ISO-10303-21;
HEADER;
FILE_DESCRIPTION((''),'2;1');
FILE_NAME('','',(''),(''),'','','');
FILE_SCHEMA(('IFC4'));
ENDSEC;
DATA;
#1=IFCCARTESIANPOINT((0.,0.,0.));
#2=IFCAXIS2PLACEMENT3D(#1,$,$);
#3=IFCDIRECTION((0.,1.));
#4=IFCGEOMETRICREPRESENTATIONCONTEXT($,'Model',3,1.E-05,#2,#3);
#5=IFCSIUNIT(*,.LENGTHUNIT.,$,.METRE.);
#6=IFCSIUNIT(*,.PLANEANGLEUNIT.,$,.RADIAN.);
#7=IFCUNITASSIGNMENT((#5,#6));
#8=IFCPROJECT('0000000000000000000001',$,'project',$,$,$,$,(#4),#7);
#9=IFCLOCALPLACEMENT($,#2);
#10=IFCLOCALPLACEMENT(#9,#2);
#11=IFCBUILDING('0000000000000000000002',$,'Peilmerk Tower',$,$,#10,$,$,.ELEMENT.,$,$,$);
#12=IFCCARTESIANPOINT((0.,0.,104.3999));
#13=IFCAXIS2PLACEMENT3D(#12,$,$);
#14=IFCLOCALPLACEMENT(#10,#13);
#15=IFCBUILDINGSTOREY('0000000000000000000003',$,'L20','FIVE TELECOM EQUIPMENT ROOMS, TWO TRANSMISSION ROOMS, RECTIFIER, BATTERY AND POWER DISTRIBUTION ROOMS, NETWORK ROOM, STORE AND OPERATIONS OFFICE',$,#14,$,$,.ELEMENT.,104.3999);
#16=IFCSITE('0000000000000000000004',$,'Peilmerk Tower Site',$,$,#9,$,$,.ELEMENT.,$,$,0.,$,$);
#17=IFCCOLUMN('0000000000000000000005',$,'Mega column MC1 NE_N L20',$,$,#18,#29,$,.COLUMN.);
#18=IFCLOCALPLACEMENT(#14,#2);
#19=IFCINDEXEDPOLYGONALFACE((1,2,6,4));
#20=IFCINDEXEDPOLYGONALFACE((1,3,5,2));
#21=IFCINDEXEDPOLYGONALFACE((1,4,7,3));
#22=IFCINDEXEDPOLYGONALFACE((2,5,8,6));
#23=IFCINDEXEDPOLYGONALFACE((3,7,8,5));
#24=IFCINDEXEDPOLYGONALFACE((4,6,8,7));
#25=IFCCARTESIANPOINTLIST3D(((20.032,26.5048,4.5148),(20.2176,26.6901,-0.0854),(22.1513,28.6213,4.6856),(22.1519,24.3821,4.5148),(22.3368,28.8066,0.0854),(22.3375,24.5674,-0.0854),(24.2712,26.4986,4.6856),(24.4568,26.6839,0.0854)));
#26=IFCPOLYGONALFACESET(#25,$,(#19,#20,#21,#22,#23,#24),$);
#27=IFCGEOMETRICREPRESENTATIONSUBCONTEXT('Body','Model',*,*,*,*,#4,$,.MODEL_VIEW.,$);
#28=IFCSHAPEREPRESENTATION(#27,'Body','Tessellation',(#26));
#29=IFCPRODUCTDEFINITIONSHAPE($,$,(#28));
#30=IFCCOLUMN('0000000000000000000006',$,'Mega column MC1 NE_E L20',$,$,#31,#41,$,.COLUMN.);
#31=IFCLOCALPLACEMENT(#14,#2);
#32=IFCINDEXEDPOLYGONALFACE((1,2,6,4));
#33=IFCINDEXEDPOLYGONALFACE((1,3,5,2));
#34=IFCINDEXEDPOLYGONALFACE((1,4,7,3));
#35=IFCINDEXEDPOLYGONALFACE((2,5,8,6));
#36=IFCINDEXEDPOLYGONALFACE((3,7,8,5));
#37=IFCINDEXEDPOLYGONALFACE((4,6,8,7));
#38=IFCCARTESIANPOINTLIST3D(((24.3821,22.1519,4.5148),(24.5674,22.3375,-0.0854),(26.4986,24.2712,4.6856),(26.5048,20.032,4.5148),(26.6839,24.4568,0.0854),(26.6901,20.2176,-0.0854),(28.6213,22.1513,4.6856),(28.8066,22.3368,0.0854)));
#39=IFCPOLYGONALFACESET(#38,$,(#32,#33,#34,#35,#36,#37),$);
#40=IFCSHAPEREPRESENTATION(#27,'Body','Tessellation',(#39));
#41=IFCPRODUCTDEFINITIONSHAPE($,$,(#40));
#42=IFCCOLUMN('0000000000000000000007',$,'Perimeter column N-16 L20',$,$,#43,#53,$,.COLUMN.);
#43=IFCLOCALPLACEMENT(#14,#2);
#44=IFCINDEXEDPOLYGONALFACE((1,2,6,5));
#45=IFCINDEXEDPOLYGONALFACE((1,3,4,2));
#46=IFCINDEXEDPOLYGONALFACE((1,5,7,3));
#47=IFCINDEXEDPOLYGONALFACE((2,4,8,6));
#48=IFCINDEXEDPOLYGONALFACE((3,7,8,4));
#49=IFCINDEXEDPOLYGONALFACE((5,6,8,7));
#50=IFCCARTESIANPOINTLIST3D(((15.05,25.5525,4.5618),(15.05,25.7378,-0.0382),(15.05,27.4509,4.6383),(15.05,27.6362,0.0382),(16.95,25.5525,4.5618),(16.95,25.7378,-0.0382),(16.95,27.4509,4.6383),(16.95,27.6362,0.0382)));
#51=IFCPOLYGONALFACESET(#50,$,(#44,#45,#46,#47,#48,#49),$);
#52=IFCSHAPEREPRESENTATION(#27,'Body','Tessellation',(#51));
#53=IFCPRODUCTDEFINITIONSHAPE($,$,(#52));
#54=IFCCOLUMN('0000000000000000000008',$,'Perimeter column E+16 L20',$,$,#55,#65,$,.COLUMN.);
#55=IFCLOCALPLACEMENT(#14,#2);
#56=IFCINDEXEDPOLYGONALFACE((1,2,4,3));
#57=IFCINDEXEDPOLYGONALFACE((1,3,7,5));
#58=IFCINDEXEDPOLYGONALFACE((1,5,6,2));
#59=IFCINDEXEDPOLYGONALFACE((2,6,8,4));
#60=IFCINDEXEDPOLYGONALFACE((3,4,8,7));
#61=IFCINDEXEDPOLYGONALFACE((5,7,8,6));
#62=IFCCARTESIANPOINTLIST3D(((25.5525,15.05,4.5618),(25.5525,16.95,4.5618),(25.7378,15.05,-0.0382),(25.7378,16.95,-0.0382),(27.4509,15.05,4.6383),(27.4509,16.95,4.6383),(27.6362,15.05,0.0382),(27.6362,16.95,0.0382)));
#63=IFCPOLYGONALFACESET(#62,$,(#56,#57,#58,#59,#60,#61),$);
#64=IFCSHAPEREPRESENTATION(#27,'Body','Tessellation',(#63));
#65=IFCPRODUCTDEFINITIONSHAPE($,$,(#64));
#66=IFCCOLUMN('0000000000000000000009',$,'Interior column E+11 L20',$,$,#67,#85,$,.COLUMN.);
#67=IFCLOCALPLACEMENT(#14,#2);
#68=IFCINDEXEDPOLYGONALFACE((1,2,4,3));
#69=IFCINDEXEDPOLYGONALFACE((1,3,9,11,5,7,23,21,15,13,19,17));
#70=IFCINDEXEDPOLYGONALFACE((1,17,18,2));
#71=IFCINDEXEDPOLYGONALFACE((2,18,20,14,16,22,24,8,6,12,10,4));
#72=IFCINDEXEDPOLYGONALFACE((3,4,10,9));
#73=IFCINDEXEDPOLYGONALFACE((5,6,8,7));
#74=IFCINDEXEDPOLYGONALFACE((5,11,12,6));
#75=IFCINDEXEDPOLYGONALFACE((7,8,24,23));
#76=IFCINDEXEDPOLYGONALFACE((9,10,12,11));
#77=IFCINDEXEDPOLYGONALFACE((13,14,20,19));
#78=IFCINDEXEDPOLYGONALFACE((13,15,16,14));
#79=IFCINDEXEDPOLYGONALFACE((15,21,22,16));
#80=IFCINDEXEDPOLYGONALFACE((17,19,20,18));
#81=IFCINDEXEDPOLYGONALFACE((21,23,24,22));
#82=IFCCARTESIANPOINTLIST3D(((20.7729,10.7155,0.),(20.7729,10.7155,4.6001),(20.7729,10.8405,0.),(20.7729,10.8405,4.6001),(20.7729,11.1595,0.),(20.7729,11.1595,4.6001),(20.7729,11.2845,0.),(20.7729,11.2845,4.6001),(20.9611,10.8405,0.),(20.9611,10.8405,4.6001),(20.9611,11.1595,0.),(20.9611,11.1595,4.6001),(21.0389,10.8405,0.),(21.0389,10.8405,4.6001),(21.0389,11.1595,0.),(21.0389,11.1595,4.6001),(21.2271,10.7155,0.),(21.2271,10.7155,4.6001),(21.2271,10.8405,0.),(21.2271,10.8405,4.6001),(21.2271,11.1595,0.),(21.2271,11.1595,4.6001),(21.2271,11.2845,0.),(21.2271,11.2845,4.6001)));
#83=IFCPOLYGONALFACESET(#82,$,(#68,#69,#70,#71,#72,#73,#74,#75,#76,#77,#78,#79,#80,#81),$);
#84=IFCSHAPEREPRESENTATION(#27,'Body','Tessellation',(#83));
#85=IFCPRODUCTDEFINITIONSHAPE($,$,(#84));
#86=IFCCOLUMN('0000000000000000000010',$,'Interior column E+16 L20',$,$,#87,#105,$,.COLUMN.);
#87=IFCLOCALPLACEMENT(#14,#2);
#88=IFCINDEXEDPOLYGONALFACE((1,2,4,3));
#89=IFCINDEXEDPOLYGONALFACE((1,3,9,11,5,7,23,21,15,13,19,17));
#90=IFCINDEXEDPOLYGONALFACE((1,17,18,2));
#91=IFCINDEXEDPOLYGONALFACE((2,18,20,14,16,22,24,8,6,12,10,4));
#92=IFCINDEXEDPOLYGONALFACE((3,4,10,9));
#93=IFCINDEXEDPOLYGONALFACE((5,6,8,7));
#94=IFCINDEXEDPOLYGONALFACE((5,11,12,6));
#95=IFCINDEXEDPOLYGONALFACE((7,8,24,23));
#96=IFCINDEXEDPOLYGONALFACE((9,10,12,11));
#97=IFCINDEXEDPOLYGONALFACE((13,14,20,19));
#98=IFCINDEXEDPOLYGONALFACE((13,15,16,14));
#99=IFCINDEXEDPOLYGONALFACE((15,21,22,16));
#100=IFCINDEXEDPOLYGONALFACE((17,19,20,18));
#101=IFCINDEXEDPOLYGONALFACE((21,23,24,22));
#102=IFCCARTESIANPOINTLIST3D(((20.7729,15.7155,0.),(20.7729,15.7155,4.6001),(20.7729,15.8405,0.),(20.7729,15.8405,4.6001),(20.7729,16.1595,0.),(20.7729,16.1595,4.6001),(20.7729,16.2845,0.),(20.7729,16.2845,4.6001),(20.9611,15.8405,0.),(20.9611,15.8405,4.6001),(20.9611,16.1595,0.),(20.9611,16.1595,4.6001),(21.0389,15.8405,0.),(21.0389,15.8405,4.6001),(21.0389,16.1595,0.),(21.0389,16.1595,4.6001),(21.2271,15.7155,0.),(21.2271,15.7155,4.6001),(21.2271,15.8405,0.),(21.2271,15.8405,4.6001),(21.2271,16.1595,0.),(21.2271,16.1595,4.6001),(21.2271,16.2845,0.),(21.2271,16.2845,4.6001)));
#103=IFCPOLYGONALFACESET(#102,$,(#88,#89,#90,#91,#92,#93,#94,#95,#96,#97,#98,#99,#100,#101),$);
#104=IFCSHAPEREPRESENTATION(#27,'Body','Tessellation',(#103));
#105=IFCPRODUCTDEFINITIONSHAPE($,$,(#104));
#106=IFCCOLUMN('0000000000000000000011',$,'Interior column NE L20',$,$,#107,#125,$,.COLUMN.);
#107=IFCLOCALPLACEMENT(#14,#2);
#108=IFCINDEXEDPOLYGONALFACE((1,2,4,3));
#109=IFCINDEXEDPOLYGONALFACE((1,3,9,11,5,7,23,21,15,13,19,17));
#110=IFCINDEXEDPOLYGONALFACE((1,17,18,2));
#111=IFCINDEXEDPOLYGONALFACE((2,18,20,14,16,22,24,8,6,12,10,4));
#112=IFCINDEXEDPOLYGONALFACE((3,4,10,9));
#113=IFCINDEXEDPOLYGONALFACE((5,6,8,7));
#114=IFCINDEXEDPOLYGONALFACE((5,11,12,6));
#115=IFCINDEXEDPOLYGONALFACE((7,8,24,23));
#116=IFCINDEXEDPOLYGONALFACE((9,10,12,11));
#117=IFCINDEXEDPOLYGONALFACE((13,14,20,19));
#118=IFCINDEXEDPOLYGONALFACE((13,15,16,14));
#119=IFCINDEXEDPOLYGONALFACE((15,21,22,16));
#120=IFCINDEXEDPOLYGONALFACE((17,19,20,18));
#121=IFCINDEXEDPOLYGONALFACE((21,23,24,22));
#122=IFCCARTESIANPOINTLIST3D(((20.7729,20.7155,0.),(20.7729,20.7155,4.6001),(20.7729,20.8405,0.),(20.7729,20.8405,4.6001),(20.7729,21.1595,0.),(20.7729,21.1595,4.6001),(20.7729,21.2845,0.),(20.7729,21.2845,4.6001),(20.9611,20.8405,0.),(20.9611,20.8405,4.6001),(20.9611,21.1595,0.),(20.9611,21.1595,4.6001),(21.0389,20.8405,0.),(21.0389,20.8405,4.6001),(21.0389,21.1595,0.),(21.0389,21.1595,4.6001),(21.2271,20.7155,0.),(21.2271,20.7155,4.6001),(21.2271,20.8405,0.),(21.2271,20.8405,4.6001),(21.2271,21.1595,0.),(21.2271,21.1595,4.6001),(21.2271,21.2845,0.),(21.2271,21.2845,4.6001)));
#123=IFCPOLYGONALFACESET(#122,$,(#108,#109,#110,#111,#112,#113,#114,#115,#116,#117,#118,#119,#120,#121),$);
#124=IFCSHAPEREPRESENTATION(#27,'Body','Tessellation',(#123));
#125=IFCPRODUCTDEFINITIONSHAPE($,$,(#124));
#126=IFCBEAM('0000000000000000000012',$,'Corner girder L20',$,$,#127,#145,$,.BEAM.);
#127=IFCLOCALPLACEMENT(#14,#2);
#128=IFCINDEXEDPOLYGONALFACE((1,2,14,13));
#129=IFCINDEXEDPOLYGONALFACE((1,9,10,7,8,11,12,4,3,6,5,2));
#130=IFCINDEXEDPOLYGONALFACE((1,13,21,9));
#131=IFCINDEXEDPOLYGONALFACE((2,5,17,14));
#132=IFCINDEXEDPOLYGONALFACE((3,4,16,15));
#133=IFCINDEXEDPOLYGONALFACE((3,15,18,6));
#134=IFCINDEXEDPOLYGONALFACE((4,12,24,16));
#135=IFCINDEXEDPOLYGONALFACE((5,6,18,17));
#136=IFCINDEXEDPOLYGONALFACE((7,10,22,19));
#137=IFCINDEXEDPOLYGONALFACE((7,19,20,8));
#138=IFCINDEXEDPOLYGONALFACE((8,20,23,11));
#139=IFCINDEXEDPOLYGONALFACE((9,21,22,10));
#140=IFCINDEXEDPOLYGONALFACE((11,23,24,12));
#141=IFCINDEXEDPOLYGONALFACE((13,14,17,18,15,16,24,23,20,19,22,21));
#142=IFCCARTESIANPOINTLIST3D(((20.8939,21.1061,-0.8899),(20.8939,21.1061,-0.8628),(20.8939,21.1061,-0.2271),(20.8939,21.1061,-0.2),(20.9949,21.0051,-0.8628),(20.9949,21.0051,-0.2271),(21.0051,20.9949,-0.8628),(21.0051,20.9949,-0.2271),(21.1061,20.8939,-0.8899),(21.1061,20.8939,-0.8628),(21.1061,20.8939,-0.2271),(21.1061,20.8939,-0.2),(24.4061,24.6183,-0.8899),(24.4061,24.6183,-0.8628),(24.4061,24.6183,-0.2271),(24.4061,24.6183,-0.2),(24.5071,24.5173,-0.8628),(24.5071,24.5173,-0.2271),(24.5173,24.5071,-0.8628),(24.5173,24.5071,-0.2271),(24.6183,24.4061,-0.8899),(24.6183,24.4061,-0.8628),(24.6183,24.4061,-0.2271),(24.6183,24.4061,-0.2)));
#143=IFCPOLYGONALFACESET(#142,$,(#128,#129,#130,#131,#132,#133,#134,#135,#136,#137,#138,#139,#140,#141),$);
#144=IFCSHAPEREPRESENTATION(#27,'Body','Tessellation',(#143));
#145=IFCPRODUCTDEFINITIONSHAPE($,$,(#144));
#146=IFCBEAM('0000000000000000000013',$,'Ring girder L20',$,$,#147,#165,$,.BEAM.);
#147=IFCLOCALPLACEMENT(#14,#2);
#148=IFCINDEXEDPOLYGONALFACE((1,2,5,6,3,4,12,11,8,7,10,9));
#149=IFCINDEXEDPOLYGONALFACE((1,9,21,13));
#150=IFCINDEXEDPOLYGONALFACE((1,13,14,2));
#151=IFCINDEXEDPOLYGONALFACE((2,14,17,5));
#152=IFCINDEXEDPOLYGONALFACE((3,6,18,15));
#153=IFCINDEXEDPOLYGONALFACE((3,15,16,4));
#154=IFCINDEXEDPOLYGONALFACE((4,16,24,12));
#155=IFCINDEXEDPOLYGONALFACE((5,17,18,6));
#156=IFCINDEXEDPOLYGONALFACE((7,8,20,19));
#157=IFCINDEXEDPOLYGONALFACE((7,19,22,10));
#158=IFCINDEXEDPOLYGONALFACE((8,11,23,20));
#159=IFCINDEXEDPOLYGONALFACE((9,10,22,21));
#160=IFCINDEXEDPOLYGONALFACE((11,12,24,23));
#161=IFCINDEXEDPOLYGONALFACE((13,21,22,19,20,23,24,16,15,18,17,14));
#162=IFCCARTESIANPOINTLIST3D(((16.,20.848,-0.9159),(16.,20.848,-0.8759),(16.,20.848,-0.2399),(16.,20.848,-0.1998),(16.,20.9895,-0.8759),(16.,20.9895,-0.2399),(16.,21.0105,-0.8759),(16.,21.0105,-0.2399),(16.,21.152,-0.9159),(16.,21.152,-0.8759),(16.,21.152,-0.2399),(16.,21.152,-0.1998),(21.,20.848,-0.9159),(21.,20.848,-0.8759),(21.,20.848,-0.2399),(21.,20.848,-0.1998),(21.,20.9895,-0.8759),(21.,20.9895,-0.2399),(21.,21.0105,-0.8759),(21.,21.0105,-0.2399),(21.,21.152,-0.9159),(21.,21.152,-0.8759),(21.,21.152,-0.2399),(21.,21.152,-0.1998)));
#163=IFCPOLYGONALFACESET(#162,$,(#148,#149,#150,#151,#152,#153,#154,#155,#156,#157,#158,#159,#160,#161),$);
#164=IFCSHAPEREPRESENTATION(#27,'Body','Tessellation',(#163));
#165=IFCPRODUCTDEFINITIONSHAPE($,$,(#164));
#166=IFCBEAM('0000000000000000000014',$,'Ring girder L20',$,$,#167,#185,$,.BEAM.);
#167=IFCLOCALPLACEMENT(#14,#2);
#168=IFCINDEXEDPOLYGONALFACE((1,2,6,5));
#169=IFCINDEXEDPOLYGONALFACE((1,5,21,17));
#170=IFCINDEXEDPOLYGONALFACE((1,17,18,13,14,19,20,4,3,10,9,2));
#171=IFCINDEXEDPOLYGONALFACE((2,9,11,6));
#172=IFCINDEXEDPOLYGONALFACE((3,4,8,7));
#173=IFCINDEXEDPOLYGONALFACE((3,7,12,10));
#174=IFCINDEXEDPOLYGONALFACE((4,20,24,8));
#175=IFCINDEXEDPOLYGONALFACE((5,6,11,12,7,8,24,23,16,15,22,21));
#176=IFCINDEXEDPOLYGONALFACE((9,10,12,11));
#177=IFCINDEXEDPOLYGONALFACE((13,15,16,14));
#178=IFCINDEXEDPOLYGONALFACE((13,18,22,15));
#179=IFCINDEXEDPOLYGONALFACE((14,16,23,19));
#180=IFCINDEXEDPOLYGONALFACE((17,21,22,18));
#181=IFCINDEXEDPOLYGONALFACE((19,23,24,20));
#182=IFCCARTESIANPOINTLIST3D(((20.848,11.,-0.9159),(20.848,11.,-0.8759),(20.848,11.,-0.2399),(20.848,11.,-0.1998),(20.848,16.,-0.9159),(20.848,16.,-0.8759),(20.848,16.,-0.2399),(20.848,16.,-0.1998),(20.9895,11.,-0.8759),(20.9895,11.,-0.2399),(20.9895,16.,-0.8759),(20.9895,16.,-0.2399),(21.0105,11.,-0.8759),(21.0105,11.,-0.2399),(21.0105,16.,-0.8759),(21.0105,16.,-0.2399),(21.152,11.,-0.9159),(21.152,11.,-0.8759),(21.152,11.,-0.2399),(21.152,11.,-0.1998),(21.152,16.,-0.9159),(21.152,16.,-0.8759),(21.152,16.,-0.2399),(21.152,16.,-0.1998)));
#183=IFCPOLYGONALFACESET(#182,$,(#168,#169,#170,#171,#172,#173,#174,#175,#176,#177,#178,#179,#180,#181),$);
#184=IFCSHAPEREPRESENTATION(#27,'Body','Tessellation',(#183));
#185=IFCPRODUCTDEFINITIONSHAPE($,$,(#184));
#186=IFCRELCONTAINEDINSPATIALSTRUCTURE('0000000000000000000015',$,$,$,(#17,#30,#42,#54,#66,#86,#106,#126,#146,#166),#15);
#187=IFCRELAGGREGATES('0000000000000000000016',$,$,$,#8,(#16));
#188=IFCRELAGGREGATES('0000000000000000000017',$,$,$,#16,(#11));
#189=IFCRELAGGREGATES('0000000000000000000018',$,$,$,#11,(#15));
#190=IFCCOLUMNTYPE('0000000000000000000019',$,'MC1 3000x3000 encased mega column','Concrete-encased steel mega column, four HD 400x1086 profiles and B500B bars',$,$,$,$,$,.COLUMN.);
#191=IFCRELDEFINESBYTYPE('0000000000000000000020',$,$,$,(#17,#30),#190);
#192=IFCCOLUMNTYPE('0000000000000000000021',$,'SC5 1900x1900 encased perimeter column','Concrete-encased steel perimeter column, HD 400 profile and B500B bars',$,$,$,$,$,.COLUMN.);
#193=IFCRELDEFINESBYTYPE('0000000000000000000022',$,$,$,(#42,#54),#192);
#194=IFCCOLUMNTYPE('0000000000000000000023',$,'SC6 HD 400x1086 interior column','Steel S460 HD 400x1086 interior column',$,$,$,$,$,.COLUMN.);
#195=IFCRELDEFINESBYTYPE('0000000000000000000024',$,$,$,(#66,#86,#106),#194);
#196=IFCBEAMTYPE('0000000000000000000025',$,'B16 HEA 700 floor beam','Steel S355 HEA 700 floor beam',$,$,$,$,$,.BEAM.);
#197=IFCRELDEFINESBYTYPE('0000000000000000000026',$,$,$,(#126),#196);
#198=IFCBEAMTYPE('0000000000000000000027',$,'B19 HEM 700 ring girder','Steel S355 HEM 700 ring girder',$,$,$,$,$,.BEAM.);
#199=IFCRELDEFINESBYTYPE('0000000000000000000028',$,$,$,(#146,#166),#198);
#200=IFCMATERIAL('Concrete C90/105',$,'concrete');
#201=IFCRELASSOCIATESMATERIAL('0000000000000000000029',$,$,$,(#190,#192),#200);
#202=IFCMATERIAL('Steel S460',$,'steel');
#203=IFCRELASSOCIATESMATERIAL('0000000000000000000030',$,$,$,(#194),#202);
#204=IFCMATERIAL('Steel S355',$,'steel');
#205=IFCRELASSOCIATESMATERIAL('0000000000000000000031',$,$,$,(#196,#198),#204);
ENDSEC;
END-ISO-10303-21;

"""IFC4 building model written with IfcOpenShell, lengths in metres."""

from ifc_helpers import new_model, si_unit, direction, frame, origin, origin_2d, place, context, subcontext, project, spatial, rectangle, i_section, extrude, material, material_profile, profile_set, type_object, element, save


model = new_model("IFC4")

# Units and contexts
model_context = context("Model", 3, precision=1e-05, world=origin(), true_north=direction((0.0, 1.0)))
body_context = subcontext(model_context, "Body", "Model", "MODEL_VIEW")
ifc_project = project(units=[si_unit("LENGTHUNIT", "METRE"), si_unit("PLANEANGLEUNIT", "RADIAN")], contexts=[model_context])

# Site, building, storey
site_placement = place(None, origin())
site = spatial("IfcSite", under=ifc_project, at=site_placement, Name="Peilmerk Tower Site", CompositionType="ELEMENT", RefElevation=0.0)
building_placement = place(site_placement, origin())
building = spatial("IfcBuilding", under=site, at=building_placement, Name="Peilmerk Tower", CompositionType="ELEMENT")
storey_placement = place(building_placement, frame((0.0, 0.0, 104.3999)))
storey = spatial("IfcBuildingStorey", under=building, at=storey_placement, Name="L20", Description="FIVE TELECOM EQUIPMENT ROOMS, TWO TRANSMISSION ROOMS, RECTIFIER, BATTERY AND POWER DISTRIBUTION ROOMS, NETWORK ROOM, STORE AND OPERATIONS OFFICE", CompositionType="ELEMENT", Elevation=104.3999)

# Columns
ifc_material_1 = material(Name="Concrete C90/105", Category="concrete")
ifc_material_profile_1 = material_profile(ifc_material_1, rectangle(XDim=3.0, YDim=3.0, at=origin_2d()), Name="RC 3000x3000")
ifc_profile_set_1 = profile_set([ifc_material_profile_1], Name="Concrete C90/105")
column_type_1 = type_object("IfcColumnType", Name="MC1 3000x3000 encased mega column", Description="Concrete-encased steel mega column, four HD 400x1086 profiles and B500B bars", PredefinedType="COLUMN", material=ifc_profile_set_1)
for number, where, z_axis, x_axis, name in (
    (1, (22.3372, 26.687, 0.0), (-0.04027, -0.040217, 0.998379), (0.706641, -0.707572, 0.0), "Mega column MC1 NE_N L20"),
    (2, (26.687, 22.3372, 0.0), (-0.040217, -0.04027, 0.998379), (0.707572, -0.706641, 0.0), "Mega column MC1 NE_E L20"),
):
    element("IfcColumn", number, at=place(storey_placement, frame(where, z_axis=z_axis, x_axis=x_axis)), inside=storey, type_object=column_type_1, Name=name, PredefinedType="COLUMN", context=body_context, shape_type="SweptSolid", body=[
        extrude(rectangle(XDim=3.0, YDim=3.0, at=origin_2d()), origin(), (0.0, 0.0, 1.0), 4.6077),
    ])
ifc_material_profile_2 = material_profile(ifc_material_1, rectangle(XDim=1.8999, YDim=1.8999, at=origin_2d()), Name="RC 1900x1900")
ifc_profile_set_2 = profile_set([ifc_material_profile_2], Name="Concrete C90/105")
column_type_2 = type_object("IfcColumnType", Name="SC5 1900x1900 encased perimeter column", Description="Concrete-encased steel perimeter column, HD 400 profile and B500B bars", PredefinedType="COLUMN", material=ifc_profile_set_2)
for number, where, z_axis, x_axis, name in (
    (3, (16.0, 26.687, 0.0), (0.0, -0.04025, 0.99919), (1.0, 0.0, 0.0), "Perimeter column N-16 L20"),
    (4, (26.687, 16.0, 0.0), (-0.04025, 0.0, 0.99919), (0.0, -1.0, 0.0), "Perimeter column E+16 L20"),
):
    element("IfcColumn", number, at=place(storey_placement, frame(where, z_axis=z_axis, x_axis=x_axis)), inside=storey, type_object=column_type_2, Name=name, PredefinedType="COLUMN", context=body_context, shape_type="SweptSolid", body=[
        extrude(rectangle(XDim=1.8999, YDim=1.8999, at=origin_2d()), origin(), (0.0, 0.0, 1.0), 4.6038),
    ])
ifc_material_2 = material(Name="Steel S460", Category="steel")
ifc_material_profile_3 = material_profile(ifc_material_2, i_section(OverallWidth=0.4541, OverallDepth=0.5691, WebThickness=0.0779, FlangeThickness=0.125, at=origin_2d()), Name="HD 400x1086")
ifc_profile_set_3 = profile_set([ifc_material_profile_3], Name="Steel S460")
column_type_3 = type_object("IfcColumnType", Name="SC6 HD 400x1086 interior column", Description="Steel S460 HD 400x1086 interior column", PredefinedType="COLUMN", material=ifc_profile_set_3)
for number, where, z_axis, x_axis, name in (
    (5, (21.0, 11.0, 0.0), (0.0, 0.0, 1.0), (1.0, 0.0, 0.0), "Interior column E+11 L20"),
    (6, (21.0, 16.0, 0.0), (0.0, 0.0, 1.0), (1.0, 0.0, 0.0), "Interior column E+16 L20"),
    (7, (21.0, 21.0, 0.0), (0.0, 0.0, 1.0), (1.0, 0.0, 0.0), "Interior column NE L20"),
):
    element("IfcColumn", number, at=place(storey_placement, frame(where, z_axis=z_axis, x_axis=x_axis)), inside=storey, type_object=column_type_3, Name=name, PredefinedType="COLUMN", context=body_context, shape_type="SweptSolid", body=[
        extrude(i_section(OverallWidth=0.4541, OverallDepth=0.5691, WebThickness=0.0779, FlangeThickness=0.125, at=origin_2d()), origin(), (0.0, 0.0, 1.0), 4.6001),
    ])

# Beams
ifc_material_3 = material(Name="Steel S355", Category="steel")
ifc_material_profile_4 = material_profile(ifc_material_3, i_section(OverallWidth=0.3, OverallDepth=0.6899, WebThickness=0.0144, FlangeThickness=0.0271, at=origin_2d()), Name="HEA 700")
ifc_profile_set_4 = profile_set([ifc_material_profile_4], Name="Steel S355")
beam_type_1 = type_object("IfcBeamType", Name="B16 HEA 700 floor beam", Description="Steel S355 HEA 700 floor beam", PredefinedType="BEAM", material=ifc_profile_set_4)
beam_1_placement = place(storey_placement, frame((21.0, 21.0, -0.5449), z_axis=(0.707107, 0.707107, 0.0), x_axis=(-0.707107, 0.707107, 0.0)))
element("IfcBeam", 8, at=beam_1_placement, inside=storey, type_object=beam_type_1, Name="Corner girder L20", PredefinedType="BEAM", context=body_context, shape_type="SweptSolid", body=[
    extrude(i_section(OverallWidth=0.3, OverallDepth=0.6899, WebThickness=0.0144, FlangeThickness=0.0271, at=origin_2d()), origin(), (0.0, 0.0, 1.0), 4.967),
])
ifc_material_profile_5 = material_profile(ifc_material_3, i_section(OverallWidth=0.304, OverallDepth=0.7161, WebThickness=0.021, FlangeThickness=0.04, at=origin_2d()), Name="HEM 700")
ifc_profile_set_5 = profile_set([ifc_material_profile_5], Name="Steel S355")
beam_type_2 = type_object("IfcBeamType", Name="B19 HEM 700 ring girder", Description="Steel S355 HEM 700 ring girder", PredefinedType="BEAM", material=ifc_profile_set_5)
for number, where, z_axis, x_axis, name in (
    (9, (21.0, 21.0, -0.5579), (-1.0, 0.0, 0.0), (0.0, -1.0, 0.0), "Ring girder L20"),
    (10, (21.0, 11.0, -0.5579), (0.0, 1.0, 0.0), (-1.0, 0.0, 0.0), "Ring girder L20"),
):
    element("IfcBeam", number, at=place(storey_placement, frame(where, z_axis=z_axis, x_axis=x_axis)), inside=storey, type_object=beam_type_2, Name=name, PredefinedType="BEAM", context=body_context, shape_type="SweptSolid", body=[
        extrude(i_section(OverallWidth=0.304, OverallDepth=0.7161, WebThickness=0.021, FlangeThickness=0.04, at=origin_2d()), origin(), (0.0, 0.0, 1.0), 5.0),
    ])

save(model, "model.ifc")
